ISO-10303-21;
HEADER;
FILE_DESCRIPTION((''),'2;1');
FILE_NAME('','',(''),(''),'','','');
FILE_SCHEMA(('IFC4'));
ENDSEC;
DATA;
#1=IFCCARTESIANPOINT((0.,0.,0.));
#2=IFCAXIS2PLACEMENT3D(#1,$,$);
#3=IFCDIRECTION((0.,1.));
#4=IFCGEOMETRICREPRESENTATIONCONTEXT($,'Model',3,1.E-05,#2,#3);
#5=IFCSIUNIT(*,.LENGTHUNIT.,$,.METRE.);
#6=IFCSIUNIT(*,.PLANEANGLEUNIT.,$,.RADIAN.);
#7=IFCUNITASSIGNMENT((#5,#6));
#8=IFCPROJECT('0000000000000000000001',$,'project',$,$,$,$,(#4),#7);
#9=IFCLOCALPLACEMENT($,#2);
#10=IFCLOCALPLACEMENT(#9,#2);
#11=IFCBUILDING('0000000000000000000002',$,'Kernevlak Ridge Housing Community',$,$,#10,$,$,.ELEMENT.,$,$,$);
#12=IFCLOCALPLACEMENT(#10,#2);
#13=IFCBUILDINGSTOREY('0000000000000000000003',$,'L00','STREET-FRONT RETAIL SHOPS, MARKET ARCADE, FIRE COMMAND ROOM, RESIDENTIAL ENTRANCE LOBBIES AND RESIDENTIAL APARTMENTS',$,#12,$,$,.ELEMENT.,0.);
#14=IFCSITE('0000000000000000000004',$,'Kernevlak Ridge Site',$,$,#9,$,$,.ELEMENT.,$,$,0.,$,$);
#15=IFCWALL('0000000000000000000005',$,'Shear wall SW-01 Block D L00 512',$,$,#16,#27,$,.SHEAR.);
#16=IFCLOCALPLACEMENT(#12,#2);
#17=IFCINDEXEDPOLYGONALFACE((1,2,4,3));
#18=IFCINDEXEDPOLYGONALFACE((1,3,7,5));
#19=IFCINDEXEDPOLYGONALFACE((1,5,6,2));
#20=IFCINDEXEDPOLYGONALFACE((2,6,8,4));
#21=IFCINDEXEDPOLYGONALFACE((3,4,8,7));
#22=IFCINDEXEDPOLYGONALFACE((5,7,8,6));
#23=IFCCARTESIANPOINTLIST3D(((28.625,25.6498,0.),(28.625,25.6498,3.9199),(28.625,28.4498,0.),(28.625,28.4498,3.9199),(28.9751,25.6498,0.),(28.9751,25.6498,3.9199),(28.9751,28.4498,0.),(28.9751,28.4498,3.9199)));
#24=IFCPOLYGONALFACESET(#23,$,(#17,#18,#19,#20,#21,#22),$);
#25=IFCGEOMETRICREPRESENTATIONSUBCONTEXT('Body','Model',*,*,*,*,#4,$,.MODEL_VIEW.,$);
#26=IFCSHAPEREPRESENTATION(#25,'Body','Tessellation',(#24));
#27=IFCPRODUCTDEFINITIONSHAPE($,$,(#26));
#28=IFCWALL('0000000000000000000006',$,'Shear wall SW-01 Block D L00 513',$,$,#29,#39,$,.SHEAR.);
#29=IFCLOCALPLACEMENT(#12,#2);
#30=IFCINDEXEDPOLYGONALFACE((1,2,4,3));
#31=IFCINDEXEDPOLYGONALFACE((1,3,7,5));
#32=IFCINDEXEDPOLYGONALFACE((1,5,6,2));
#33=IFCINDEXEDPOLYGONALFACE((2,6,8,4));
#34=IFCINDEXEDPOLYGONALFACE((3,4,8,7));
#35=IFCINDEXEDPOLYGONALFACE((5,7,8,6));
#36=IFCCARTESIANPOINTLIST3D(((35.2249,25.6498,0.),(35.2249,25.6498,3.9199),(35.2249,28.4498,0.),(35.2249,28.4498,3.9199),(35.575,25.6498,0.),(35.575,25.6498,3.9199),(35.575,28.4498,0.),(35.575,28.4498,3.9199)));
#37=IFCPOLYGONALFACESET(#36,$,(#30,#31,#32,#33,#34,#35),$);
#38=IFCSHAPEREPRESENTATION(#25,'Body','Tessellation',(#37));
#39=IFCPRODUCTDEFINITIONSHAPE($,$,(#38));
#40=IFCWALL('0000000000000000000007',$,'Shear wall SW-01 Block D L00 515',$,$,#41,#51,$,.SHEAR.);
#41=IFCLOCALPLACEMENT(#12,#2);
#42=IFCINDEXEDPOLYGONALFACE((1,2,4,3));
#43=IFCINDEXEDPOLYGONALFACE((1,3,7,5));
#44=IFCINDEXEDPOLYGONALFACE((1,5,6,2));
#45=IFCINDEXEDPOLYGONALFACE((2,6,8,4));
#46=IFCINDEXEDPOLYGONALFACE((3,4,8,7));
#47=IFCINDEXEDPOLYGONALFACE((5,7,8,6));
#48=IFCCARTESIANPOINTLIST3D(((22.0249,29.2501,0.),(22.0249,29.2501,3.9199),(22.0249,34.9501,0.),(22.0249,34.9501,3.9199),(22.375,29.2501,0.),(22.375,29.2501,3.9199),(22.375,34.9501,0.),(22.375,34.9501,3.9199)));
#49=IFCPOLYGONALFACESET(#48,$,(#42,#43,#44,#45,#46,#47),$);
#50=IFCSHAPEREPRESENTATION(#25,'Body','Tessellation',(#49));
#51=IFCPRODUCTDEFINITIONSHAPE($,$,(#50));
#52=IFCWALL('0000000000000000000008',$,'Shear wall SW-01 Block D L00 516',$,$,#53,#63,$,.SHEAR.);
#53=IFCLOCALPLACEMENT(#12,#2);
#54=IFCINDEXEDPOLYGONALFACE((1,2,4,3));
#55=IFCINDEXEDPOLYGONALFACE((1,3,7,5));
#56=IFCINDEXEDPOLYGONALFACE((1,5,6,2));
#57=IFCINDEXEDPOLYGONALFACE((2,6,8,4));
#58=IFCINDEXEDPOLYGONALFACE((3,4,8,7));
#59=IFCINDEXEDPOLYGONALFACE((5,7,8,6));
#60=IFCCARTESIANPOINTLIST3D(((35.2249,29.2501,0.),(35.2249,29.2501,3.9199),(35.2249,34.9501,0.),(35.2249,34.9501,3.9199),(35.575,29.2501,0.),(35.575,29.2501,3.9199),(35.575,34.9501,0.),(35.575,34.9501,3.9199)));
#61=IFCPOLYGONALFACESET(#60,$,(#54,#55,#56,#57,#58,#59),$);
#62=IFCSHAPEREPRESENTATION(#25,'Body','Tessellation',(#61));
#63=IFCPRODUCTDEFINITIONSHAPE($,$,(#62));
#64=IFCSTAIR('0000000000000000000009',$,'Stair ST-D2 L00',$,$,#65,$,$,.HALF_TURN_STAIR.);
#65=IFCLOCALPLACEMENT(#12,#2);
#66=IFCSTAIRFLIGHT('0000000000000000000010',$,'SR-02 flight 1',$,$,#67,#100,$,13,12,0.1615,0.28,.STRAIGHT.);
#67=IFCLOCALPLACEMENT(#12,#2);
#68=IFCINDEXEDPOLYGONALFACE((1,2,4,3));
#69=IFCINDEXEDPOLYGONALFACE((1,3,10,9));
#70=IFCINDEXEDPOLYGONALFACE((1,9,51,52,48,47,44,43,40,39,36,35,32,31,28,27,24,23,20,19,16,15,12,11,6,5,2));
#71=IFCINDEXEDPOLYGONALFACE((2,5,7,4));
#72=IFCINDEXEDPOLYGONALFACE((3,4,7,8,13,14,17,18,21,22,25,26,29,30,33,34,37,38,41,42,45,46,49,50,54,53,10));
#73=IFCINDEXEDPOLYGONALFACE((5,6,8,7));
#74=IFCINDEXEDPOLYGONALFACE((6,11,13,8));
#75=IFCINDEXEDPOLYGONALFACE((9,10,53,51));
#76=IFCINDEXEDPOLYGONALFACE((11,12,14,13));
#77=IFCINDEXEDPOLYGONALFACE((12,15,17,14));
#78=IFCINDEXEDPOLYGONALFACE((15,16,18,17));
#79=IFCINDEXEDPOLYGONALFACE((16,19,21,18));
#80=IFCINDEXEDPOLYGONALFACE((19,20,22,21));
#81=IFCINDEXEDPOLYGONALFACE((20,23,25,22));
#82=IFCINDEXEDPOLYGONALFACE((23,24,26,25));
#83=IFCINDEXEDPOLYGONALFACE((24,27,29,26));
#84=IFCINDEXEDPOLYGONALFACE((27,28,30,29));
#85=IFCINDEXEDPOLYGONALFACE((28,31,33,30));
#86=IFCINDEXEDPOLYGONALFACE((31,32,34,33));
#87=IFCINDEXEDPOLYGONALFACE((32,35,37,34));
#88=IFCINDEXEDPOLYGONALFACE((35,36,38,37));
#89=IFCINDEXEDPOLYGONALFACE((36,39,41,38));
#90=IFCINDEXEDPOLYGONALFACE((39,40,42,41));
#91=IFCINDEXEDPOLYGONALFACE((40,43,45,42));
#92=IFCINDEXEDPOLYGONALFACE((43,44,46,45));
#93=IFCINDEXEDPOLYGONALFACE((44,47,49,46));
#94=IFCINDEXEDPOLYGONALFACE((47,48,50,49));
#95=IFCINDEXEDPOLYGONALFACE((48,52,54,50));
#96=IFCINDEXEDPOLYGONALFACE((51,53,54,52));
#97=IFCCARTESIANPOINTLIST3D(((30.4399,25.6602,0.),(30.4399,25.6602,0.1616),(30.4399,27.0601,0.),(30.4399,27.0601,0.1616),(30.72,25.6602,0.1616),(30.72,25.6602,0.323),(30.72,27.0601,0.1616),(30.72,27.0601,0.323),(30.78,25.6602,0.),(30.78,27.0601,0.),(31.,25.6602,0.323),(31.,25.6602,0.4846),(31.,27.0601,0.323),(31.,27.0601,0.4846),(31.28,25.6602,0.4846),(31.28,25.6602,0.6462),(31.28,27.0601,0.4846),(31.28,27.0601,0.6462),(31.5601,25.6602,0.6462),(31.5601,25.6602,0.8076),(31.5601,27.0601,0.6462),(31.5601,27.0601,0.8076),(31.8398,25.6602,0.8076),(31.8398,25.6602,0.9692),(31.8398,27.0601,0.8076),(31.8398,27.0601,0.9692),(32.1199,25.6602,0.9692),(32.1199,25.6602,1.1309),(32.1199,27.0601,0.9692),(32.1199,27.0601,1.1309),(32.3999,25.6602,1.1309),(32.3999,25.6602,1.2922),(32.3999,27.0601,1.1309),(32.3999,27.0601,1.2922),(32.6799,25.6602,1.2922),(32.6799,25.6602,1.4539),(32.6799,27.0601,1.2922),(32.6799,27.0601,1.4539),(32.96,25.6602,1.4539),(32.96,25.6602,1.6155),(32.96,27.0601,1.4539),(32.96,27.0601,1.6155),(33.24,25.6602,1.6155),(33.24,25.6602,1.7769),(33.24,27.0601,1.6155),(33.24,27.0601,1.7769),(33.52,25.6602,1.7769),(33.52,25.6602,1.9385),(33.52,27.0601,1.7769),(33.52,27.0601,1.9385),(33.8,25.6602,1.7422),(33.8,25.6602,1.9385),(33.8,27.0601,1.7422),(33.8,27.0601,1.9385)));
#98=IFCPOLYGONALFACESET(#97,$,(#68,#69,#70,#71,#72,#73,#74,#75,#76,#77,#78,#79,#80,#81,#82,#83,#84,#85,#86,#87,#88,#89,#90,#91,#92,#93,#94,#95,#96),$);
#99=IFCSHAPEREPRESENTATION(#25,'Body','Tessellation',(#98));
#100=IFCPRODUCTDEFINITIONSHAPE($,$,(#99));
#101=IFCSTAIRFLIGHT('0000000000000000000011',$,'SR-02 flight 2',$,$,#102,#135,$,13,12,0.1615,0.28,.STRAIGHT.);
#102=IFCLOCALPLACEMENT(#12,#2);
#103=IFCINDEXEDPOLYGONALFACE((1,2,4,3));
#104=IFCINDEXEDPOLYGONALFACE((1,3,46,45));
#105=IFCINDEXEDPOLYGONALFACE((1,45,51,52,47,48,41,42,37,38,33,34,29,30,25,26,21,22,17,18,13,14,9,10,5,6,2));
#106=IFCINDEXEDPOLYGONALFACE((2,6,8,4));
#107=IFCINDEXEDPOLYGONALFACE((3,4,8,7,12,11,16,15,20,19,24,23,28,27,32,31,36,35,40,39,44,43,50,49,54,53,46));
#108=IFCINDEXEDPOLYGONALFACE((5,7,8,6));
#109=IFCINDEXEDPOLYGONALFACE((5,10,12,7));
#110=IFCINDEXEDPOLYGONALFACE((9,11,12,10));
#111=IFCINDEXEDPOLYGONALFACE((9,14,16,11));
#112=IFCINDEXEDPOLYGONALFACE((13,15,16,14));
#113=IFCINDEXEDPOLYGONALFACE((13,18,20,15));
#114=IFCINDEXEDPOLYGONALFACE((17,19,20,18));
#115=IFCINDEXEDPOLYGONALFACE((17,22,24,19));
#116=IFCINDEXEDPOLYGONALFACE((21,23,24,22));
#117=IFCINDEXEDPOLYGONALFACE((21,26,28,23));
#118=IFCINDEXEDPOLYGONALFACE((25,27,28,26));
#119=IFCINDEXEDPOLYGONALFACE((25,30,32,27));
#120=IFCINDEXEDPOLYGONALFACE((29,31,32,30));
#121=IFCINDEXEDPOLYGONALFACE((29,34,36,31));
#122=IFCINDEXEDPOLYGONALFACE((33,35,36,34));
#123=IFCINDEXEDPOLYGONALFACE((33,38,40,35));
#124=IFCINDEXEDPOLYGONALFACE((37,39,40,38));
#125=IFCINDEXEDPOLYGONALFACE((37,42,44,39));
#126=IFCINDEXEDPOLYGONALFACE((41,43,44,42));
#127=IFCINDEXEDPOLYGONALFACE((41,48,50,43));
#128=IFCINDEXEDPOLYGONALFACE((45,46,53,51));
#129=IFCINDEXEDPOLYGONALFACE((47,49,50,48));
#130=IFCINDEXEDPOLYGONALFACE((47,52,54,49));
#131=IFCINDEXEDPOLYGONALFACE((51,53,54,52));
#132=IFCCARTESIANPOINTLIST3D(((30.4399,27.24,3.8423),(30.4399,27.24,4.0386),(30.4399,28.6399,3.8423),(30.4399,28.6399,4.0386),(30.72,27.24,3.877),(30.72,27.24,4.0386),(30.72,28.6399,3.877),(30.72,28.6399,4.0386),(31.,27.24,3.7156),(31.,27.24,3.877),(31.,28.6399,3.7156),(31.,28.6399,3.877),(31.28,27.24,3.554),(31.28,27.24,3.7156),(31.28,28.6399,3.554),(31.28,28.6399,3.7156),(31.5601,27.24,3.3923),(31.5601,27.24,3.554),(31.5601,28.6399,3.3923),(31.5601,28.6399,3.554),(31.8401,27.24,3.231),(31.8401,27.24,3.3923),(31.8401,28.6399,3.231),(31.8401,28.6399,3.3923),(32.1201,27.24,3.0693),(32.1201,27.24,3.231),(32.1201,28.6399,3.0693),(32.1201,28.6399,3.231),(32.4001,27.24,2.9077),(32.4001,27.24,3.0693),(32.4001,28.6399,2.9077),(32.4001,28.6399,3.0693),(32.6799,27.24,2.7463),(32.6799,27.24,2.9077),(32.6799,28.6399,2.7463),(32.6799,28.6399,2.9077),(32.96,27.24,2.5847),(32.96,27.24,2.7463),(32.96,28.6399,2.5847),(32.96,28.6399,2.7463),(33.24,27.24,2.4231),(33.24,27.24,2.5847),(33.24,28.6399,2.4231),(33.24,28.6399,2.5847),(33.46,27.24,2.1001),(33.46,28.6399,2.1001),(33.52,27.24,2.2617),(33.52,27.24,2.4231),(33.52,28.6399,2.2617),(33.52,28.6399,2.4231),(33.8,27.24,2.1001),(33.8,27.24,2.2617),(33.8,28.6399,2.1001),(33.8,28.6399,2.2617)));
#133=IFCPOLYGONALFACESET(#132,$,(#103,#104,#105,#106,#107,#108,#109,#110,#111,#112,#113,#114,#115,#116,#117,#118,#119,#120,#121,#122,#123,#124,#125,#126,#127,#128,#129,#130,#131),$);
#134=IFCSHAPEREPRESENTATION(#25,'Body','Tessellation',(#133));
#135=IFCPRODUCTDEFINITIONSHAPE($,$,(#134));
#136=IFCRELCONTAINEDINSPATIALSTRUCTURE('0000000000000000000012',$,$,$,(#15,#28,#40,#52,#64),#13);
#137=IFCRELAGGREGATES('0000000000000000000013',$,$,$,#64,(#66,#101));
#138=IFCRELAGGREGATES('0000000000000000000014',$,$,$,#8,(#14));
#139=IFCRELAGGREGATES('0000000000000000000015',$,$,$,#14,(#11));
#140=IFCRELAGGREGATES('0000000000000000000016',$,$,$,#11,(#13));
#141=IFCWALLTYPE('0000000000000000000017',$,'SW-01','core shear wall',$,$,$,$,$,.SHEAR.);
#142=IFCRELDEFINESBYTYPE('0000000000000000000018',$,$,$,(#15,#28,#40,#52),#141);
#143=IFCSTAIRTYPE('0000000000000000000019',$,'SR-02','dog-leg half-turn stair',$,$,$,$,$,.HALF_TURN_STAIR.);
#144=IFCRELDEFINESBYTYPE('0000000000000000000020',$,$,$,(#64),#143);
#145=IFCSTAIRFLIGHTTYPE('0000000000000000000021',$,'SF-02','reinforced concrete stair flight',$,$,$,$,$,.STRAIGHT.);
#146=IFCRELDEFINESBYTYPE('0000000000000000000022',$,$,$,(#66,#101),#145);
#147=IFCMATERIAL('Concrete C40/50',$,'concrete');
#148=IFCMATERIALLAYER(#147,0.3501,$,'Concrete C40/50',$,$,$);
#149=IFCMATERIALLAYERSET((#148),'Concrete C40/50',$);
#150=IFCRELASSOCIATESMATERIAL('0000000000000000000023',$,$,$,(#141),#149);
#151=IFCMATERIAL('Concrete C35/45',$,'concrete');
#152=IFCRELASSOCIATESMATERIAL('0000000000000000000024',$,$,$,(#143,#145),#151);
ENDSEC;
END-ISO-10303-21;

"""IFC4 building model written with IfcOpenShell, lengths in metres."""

from ifc_helpers import new_model, si_unit, direction, frame, frame_2d, origin, place, context, subcontext, project, spatial, polyline, rectangle, outline, extrude, material, layer, layer_set, type_object, element, aggregate, save


model = new_model("IFC4")

# Units and contexts
model_context = context("Model", 3, precision=1e-05, world=origin(), true_north=direction((0.0, 1.0)))
body_context = subcontext(model_context, "Body", "Model", "MODEL_VIEW")
ifc_project = project(units=[si_unit("LENGTHUNIT", "METRE"), si_unit("PLANEANGLEUNIT", "RADIAN")], contexts=[model_context])

# Site, building, storey
site_placement = place(None, origin())
site = spatial("IfcSite", under=ifc_project, at=site_placement, Name="Kernevlak Ridge Site", CompositionType="ELEMENT", RefElevation=0.0)
building_placement = place(site_placement, origin())
building = spatial("IfcBuilding", under=site, at=building_placement, Name="Kernevlak Ridge Housing Community", CompositionType="ELEMENT")
storey_placement = place(building_placement, origin())
storey = spatial("IfcBuildingStorey", under=building, at=storey_placement, Name="L00", Description="STREET-FRONT RETAIL SHOPS, MARKET ARCADE, FIRE COMMAND ROOM, RESIDENTIAL ENTRANCE LOBBIES AND RESIDENTIAL APARTMENTS", CompositionType="ELEMENT", Elevation=0.0)

# Shared definitions
ifc_material_1 = material(Name="Concrete C35/45", Category="concrete")

# Walls
ifc_material_2 = material(Name="Concrete C40/50", Category="concrete")
ifc_layer_1 = layer(ifc_material_2, 0.3501, Name="Concrete C40/50")
ifc_layer_set_1 = layer_set([ifc_layer_1], Name="Concrete C40/50")
wall_type_1 = type_object("IfcWallType", Name="SW-01", Description="core shear wall", PredefinedType="SHEAR", material=ifc_layer_set_1)
for number, where, z_axis, x_axis, name in (
    (1, (28.8, 25.6499, 0.0), (0.0, 0.0, 1.0), (0.0, 1.0, 0.0), "Shear wall SW-01 Block D L00 512"),
    (2, (35.3999, 25.6499, 0.0), (0.0, 0.0, 1.0), (0.0, 1.0, 0.0), "Shear wall SW-01 Block D L00 513"),
):
    element("IfcWall", number, at=place(storey_placement, frame(where, z_axis=z_axis, x_axis=x_axis)), inside=storey, type_object=wall_type_1, Name=name, PredefinedType="SHEAR", context=body_context, shape_type="SweptSolid", body=[
        extrude(rectangle(XDim=2.8, YDim=0.3501, at=frame_2d((1.3999, 0.0))), origin(), (0.0, 0.0, 1.0), 3.9199),
    ])
for number, where, z_axis, x_axis, name in (
    (3, (22.2, 29.25, 0.0), (0.0, 0.0, 1.0), (0.0, 1.0, 0.0), "Shear wall SW-01 Block D L00 515"),
    (4, (35.3999, 29.25, 0.0), (0.0, 0.0, 1.0), (0.0, 1.0, 0.0), "Shear wall SW-01 Block D L00 516"),
):
    element("IfcWall", number, at=place(storey_placement, frame(where, z_axis=z_axis, x_axis=x_axis)), inside=storey, type_object=wall_type_1, Name=name, PredefinedType="SHEAR", context=body_context, shape_type="SweptSolid", body=[
        extrude(rectangle(XDim=5.7, YDim=0.3501, at=frame_2d((2.8501, 0.0))), origin(), (0.0, 0.0, 1.0), 3.9199),
    ])

# Stair, stair flights
stair_type = type_object("IfcStairType", Name="SR-02", Description="dog-leg half-turn stair", PredefinedType="HALF_TURN_STAIR", material=ifc_material_1)
stair_placement = place(storey_placement, origin())
stair = element("IfcStair", 5, at=stair_placement, inside=storey, type_object=stair_type, Name="Stair ST-D2 L00", PredefinedType="HALF_TURN_STAIR")
stair_flight_type = type_object("IfcStairFlightType", Name="SF-02", Description="reinforced concrete stair flight", PredefinedType="STRAIGHT", material=ifc_material_1)
stair_flight_1_placement = place(storey_placement, frame((30.4399, 26.3601, 0.0), z_axis=(0.0, 0.0, 1.0), x_axis=(1.0, 0.0, 0.0)))
stair_flight_1 = element("IfcStairFlight", 6, at=stair_flight_1_placement, type_object=stair_flight_type, Name="SR-02 flight 1", NumberOfRisers=13, NumberOfTreads=12, PredefinedType="STRAIGHT", RiserHeight=0.1615, TreadLength=0.28, context=body_context, shape_type="SweptSolid", body=[
    extrude(outline(polyline([(0.0, 0.0), (0.0, 0.1616), (0.28, 0.1616), (0.28, 0.323), (0.5601, 0.323), (0.5601, 0.4846), (0.8401, 0.4846), (0.8401, 0.6462), (1.1201, 0.6462), (1.1201, 0.8076), (1.3999, 0.8076), (1.3999, 0.9692), (1.6799, 0.9692), (1.6799, 1.1309), (1.96, 1.1309), (1.96, 1.2922), (2.24, 1.2922), (2.24, 1.4539), (2.52, 1.4539), (2.52, 1.6155), (2.8, 1.6155), (2.8, 1.7769), (3.0801, 1.7769), (3.0801, 1.9385), (3.3601, 1.9385), (3.3601, 2.1001), (3.3601, 1.7422), (0.3401, 0.0), (0.0, 0.0)])), frame((0.0, 0.7, 0.0), z_axis=(0.0, -1.0, 0.0), x_axis=(1.0, 0.0, 0.0)), (0.0, 0.0, 1.0), 1.3999),
])
stair_flight_2_placement = place(storey_placement, frame((33.8, 27.9399, 2.1001), z_axis=(0.0, 0.0, 1.0), x_axis=(-1.0, 0.0, 0.0)))
stair_flight_2 = element("IfcStairFlight", 7, at=stair_flight_2_placement, type_object=stair_flight_type, Name="SR-02 flight 2", NumberOfRisers=13, NumberOfTreads=12, PredefinedType="STRAIGHT", RiserHeight=0.1615, TreadLength=0.28, context=body_context, shape_type="SweptSolid", body=[
    extrude(outline(polyline([(0.0, 0.0), (0.0, 0.1616), (0.28, 0.1616), (0.28, 0.323), (0.5601, 0.323), (0.5601, 0.4846), (0.8401, 0.4846), (0.8401, 0.6462), (1.1201, 0.6462), (1.1201, 0.8076), (1.3999, 0.8076), (1.3999, 0.9692), (1.6799, 0.9692), (1.6799, 1.1309), (1.96, 1.1309), (1.96, 1.2922), (2.24, 1.2922), (2.24, 1.4539), (2.52, 1.4539), (2.52, 1.6155), (2.8, 1.6155), (2.8, 1.7769), (3.0801, 1.7769), (3.0801, 1.9385), (3.3601, 1.9385), (3.3601, 2.1001), (3.3601, 1.7422), (0.3401, 0.0), (0.0, 0.0)])), frame((0.0, 0.7, 0.0), z_axis=(0.0, -1.0, 0.0), x_axis=(1.0, 0.0, 0.0)), (0.0, 0.0, 1.0), 1.3999),
])
aggregate(stair, [stair_flight_1, stair_flight_2])

save(model, "model.ifc")
